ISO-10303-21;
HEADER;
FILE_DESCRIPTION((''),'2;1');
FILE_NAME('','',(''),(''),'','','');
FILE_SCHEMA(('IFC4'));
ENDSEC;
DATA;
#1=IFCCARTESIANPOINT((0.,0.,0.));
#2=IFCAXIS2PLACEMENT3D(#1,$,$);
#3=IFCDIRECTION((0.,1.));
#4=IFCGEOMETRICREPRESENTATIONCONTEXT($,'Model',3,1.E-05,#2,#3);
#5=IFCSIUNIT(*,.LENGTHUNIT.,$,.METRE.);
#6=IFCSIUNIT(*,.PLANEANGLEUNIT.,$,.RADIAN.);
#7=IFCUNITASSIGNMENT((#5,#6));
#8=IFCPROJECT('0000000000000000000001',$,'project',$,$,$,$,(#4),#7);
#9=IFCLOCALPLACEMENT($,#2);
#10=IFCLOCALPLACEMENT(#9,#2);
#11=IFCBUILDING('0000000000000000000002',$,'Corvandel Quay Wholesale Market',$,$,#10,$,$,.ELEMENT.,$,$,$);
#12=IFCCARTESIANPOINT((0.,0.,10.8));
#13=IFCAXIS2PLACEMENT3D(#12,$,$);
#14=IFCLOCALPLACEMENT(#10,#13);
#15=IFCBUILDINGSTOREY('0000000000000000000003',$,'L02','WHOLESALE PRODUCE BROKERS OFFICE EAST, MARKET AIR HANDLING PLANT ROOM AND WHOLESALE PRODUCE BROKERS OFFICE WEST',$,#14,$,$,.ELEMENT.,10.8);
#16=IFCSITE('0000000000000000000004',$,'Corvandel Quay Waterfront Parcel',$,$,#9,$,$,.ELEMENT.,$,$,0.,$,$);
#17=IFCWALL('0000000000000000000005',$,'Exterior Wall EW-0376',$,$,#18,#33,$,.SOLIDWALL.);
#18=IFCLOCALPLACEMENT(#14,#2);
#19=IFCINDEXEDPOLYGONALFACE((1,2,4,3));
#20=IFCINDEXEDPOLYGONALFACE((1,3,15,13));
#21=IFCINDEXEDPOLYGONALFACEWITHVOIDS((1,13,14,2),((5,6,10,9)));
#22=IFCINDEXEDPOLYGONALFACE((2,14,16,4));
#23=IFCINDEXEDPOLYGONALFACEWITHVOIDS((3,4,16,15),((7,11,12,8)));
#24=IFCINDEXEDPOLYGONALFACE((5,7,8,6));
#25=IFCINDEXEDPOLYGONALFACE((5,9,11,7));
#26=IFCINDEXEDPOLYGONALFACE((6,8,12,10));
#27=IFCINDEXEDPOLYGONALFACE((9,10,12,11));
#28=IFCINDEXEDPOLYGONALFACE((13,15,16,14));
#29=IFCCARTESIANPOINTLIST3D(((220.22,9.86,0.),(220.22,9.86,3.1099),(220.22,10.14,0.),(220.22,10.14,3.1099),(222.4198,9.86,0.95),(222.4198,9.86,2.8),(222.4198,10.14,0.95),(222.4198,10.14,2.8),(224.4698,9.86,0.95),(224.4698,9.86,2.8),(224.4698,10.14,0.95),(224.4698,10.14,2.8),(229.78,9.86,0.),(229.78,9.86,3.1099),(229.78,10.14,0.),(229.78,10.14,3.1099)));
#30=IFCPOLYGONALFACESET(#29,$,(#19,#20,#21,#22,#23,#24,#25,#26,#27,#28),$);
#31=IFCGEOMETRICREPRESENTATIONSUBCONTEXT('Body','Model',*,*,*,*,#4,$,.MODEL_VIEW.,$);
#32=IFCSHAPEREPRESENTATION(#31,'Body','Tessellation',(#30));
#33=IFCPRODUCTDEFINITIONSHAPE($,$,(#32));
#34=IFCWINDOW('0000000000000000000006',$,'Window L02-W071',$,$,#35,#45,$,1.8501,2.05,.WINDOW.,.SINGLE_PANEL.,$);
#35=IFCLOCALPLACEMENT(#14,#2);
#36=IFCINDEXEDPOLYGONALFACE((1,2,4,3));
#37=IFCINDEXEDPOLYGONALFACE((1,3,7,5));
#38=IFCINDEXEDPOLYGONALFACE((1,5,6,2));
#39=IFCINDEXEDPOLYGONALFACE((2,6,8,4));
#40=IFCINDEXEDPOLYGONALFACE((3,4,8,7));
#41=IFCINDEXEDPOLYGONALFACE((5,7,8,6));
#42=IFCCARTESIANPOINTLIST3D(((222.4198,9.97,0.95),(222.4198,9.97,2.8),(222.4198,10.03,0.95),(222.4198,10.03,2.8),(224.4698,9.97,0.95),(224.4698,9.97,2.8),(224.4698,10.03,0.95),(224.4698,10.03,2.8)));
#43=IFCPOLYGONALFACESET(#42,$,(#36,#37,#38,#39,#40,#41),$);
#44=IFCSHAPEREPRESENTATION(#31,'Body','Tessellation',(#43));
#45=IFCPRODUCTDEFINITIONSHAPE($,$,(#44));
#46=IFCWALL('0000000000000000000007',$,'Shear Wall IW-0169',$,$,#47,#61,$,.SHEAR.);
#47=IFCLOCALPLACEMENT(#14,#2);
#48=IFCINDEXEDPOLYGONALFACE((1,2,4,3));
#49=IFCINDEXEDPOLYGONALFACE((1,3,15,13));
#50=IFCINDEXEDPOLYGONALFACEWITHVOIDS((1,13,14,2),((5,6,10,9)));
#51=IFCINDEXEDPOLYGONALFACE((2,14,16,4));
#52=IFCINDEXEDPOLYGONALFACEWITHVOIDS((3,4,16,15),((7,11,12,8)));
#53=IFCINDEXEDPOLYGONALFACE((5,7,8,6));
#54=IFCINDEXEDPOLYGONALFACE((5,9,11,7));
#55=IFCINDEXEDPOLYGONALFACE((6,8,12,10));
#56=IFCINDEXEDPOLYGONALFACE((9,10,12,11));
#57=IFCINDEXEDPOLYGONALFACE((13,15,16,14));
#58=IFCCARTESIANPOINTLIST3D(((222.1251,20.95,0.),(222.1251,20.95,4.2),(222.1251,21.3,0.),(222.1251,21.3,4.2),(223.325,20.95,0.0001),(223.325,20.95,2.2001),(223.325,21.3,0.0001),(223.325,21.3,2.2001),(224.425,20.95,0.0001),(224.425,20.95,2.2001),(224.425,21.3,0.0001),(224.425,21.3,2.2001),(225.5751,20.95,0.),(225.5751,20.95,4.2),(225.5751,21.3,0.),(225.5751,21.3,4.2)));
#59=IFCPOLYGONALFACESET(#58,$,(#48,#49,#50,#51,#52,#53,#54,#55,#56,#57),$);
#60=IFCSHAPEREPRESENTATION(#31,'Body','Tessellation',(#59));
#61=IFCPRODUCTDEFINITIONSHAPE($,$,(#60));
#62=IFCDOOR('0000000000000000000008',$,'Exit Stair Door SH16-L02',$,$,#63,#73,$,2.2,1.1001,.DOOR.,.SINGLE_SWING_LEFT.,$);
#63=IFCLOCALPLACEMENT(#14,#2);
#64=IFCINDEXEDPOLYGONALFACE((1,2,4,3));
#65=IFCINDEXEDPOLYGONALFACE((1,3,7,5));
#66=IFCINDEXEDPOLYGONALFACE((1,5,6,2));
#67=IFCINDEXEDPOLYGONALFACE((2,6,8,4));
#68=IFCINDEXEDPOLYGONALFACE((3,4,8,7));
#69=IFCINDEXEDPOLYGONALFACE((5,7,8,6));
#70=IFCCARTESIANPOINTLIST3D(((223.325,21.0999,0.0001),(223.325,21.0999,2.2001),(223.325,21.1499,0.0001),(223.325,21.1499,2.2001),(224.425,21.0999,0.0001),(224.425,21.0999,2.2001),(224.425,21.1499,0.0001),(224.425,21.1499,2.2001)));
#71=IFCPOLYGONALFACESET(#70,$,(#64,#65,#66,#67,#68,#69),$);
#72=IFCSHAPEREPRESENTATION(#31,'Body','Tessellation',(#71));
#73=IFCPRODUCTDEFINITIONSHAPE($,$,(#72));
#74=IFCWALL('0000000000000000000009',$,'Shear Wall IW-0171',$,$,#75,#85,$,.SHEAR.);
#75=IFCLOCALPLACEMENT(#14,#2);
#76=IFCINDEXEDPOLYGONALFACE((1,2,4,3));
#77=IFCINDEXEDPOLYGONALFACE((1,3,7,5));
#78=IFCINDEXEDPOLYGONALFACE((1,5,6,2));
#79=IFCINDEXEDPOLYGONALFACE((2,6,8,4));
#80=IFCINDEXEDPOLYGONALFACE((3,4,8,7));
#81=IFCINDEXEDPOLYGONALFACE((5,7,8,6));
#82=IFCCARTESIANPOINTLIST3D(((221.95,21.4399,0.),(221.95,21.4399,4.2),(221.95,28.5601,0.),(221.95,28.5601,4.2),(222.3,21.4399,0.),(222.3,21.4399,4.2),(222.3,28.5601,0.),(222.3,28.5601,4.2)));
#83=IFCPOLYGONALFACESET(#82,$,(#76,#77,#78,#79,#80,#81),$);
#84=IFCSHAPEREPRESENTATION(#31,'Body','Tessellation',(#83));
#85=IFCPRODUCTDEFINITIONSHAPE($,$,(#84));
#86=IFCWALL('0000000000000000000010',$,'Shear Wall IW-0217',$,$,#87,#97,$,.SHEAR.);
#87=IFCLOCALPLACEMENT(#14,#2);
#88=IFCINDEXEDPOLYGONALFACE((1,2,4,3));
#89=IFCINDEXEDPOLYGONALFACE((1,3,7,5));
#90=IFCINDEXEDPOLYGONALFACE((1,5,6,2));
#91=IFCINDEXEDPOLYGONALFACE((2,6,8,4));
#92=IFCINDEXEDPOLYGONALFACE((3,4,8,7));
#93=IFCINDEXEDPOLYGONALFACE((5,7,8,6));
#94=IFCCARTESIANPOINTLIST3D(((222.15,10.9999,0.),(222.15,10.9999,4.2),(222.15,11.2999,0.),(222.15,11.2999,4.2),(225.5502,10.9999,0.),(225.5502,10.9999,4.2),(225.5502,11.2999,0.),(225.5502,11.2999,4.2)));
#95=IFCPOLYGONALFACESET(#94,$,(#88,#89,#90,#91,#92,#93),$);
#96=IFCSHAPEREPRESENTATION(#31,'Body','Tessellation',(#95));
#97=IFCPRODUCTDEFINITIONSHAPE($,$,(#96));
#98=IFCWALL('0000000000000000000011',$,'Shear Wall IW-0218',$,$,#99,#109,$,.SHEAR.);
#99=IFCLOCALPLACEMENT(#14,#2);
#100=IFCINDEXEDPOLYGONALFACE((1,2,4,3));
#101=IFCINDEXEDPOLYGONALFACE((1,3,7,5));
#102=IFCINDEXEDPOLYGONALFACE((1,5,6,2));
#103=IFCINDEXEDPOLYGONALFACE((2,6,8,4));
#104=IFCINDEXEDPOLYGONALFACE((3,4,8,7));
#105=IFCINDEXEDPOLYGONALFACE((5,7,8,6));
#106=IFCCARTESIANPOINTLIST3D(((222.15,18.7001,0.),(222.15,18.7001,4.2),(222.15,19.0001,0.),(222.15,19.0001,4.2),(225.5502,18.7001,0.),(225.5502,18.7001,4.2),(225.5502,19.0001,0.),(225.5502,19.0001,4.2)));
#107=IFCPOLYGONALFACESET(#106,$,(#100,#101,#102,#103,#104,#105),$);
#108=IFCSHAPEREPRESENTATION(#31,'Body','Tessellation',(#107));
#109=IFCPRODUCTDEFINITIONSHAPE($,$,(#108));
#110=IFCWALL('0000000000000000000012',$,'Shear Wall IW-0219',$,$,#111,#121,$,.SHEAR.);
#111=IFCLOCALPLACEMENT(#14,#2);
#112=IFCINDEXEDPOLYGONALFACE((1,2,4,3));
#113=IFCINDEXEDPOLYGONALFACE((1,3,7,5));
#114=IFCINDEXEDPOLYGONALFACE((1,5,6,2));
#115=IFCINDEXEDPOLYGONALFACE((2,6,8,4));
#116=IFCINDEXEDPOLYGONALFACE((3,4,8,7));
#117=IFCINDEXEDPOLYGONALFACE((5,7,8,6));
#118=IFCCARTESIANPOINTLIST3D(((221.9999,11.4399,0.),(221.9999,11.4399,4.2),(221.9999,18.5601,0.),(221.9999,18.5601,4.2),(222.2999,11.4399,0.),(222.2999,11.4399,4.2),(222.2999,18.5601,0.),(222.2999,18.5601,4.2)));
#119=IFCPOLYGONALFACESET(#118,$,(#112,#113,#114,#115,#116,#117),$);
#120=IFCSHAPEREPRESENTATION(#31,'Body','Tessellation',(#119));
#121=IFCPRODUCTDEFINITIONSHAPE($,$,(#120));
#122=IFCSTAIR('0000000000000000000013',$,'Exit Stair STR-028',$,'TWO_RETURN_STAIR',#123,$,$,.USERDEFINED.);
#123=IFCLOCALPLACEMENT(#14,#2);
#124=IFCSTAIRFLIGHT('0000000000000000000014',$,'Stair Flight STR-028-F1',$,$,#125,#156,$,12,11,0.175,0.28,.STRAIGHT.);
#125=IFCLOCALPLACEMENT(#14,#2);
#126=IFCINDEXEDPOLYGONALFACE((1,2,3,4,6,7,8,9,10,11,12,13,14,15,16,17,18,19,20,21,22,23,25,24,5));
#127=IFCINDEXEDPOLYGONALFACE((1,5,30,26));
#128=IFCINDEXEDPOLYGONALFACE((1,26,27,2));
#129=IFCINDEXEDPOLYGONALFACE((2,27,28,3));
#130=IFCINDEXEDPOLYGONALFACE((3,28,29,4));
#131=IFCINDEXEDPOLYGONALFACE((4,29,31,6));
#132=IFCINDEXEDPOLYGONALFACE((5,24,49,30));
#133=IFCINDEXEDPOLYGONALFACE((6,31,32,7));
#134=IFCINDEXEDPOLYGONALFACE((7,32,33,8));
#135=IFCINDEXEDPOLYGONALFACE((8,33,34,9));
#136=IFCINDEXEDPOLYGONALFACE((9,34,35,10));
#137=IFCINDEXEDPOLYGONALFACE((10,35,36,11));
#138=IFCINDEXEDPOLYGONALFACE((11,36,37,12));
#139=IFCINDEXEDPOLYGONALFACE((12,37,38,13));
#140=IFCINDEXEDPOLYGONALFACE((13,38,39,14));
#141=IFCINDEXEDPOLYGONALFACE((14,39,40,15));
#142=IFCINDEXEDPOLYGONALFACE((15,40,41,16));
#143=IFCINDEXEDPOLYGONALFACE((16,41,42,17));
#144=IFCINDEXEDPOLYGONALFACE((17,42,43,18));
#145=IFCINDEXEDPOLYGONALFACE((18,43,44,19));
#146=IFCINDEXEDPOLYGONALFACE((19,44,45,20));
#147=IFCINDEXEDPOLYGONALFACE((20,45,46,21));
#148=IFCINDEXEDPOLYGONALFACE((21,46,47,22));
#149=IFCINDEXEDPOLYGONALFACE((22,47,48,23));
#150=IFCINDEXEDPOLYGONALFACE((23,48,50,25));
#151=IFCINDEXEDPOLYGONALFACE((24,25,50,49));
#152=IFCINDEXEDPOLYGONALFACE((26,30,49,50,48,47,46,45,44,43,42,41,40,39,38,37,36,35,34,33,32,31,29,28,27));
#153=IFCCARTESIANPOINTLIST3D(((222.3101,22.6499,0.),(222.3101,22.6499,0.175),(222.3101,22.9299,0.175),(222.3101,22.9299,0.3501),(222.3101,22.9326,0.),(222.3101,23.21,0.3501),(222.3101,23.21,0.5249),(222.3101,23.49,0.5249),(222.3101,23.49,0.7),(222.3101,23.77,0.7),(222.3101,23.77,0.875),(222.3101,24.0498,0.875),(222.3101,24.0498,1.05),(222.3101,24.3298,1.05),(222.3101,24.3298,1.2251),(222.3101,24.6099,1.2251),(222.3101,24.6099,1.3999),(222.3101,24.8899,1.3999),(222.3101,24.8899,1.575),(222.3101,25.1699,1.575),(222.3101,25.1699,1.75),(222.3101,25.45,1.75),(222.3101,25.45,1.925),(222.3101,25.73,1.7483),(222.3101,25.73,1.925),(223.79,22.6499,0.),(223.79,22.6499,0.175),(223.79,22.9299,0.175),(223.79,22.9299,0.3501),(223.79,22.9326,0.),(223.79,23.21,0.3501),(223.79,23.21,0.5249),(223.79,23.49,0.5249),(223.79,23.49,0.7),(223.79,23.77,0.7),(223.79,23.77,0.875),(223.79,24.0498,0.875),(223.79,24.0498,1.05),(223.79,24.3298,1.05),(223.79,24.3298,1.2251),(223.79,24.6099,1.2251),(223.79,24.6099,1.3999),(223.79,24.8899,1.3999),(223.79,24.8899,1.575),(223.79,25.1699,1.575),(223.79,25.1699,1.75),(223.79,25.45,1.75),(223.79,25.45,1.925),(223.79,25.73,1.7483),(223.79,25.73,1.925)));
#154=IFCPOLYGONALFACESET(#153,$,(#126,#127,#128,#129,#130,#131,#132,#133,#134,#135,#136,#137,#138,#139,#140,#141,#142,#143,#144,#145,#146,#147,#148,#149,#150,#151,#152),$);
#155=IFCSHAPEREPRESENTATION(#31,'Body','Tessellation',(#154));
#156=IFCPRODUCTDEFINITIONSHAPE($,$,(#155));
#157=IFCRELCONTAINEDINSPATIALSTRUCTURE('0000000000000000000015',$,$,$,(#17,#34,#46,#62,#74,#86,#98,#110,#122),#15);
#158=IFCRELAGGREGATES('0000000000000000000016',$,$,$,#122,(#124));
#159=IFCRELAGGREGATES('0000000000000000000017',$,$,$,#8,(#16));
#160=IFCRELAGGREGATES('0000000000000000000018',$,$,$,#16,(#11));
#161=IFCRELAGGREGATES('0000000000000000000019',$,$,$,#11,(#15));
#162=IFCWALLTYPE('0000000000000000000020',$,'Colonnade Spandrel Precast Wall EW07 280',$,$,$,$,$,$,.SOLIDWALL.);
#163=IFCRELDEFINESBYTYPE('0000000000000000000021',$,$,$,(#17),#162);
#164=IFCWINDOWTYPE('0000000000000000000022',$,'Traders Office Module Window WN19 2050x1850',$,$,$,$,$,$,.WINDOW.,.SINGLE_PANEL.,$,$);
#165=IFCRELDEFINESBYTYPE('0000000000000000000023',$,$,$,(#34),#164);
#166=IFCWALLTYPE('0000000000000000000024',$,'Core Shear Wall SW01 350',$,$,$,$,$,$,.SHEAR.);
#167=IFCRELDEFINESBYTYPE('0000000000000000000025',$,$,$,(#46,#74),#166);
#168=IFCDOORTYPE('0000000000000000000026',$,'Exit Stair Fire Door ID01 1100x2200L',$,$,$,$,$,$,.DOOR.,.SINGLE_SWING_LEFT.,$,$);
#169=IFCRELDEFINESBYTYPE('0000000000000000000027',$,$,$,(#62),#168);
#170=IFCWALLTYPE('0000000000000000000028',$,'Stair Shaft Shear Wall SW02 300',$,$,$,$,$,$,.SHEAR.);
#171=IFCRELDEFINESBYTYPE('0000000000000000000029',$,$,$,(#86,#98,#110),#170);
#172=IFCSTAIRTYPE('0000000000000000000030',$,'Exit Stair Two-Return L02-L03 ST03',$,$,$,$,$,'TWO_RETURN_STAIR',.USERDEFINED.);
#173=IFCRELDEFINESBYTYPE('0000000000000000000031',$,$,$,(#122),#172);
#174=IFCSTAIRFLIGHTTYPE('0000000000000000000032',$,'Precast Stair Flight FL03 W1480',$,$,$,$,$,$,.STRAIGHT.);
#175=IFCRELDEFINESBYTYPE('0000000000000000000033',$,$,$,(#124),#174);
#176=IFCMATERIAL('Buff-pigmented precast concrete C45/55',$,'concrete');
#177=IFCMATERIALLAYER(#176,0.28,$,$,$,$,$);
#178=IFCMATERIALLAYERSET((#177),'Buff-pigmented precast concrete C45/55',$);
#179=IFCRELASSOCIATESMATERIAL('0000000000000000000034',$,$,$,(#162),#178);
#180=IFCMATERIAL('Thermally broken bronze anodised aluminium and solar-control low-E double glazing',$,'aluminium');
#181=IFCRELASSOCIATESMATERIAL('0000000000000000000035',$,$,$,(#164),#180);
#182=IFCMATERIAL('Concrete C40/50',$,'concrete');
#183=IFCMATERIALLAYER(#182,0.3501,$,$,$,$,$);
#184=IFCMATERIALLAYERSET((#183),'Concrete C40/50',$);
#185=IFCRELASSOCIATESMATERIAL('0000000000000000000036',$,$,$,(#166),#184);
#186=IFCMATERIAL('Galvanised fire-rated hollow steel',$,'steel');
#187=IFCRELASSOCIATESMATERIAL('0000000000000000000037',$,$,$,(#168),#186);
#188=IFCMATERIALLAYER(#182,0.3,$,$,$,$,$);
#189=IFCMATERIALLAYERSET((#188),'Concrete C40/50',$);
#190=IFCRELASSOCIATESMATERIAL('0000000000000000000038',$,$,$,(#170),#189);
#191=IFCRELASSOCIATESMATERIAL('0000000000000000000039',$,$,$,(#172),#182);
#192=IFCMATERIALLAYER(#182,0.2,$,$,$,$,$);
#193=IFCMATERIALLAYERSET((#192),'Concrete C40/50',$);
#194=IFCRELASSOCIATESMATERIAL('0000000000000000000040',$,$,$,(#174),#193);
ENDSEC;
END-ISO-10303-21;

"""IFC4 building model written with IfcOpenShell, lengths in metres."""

from ifc_helpers import new_model, si_unit, direction, frame, frame_2d, origin, place, context, subcontext, project, spatial, polyline, rectangle, outline, extrude, material, layer, layer_set, type_object, element, fill, aggregate, save


model = new_model("IFC4")

# Units and contexts
model_context = context("Model", 3, precision=1e-05, world=origin(), true_north=direction((0.0, 1.0)))
body_context = subcontext(model_context, "Body", "Model", "MODEL_VIEW")
ifc_project = project(units=[si_unit("LENGTHUNIT", "METRE"), si_unit("PLANEANGLEUNIT", "RADIAN")], contexts=[model_context])

# Site, building, storey
site_placement = place(None, origin())
site = spatial("IfcSite", under=ifc_project, at=site_placement, Name="Corvandel Quay Waterfront Parcel", CompositionType="ELEMENT", RefElevation=0.0)
building_placement = place(site_placement, origin())
building = spatial("IfcBuilding", under=site, at=building_placement, Name="Corvandel Quay Wholesale Market", CompositionType="ELEMENT")
storey_placement = place(building_placement, frame((0.0, 0.0, 10.8)))
storey = spatial("IfcBuildingStorey", under=building, at=storey_placement, Name="L02", Description="WHOLESALE PRODUCE BROKERS OFFICE EAST, MARKET AIR HANDLING PLANT ROOM AND WHOLESALE PRODUCE BROKERS OFFICE WEST", CompositionType="ELEMENT", Elevation=10.8)

# Wall, opening, window
ifc_material_1 = material(Name="Buff-pigmented precast concrete C45/55", Category="concrete")
ifc_layer_1 = layer(ifc_material_1, 0.28)
ifc_layer_set_1 = layer_set([ifc_layer_1], Name="Buff-pigmented precast concrete C45/55")
wall_type_1 = type_object("IfcWallType", Name="Colonnade Spandrel Precast Wall EW07 280", PredefinedType="SOLIDWALL", material=ifc_layer_set_1)
wall_1_placement = place(storey_placement, frame((220.22, 10.0, 0.0), z_axis=(0.0, 0.0, 1.0), x_axis=(1.0, 0.0, 0.0)))
wall_1 = element("IfcWall", 1, at=wall_1_placement, inside=storey, type_object=wall_type_1, Name="Exterior Wall EW-0376", PredefinedType="SOLIDWALL", context=body_context, shape_type="SweptSolid", body=[
    extrude(rectangle(XDim=9.5601, YDim=0.28, at=frame_2d((4.78, 0.0))), origin(), (0.0, 0.0, 1.0), 3.1099),
])
opening_1_placement = place(wall_1_placement, frame((2.2, 0.0, 0.95)))
opening_1 = element("IfcOpeningElement", 2, at=opening_1_placement, cuts=wall_1, PredefinedType="OPENING", context=body_context, shape_type="SweptSolid", body=[
    extrude(rectangle(XDim=2.05, YDim=1.8501, at=frame_2d((1.0249, 0.925))), frame((0.0, 0.1499, 0.0), z_axis=(0.0, -1.0, 0.0), x_axis=(1.0, 0.0, 0.0)), (0.0, 0.0, 1.0), 0.3),
])
ifc_material_2 = material(Name="Thermally broken bronze anodised aluminium and solar-control low-E double glazing", Category="aluminium")
window_type = type_object("IfcWindowType", Name="Traders Office Module Window WN19 2050x1850", PartitioningType="SINGLE_PANEL", PredefinedType="WINDOW", material=ifc_material_2)
window_placement = place(opening_1_placement, origin())
window = element("IfcWindow", 3, at=window_placement, inside=storey, type_object=window_type, Name="Window L02-W071", OverallHeight=1.8501, OverallWidth=2.05, PartitioningType="SINGLE_PANEL", PredefinedType="WINDOW", context=body_context, shape_type="SweptSolid", body=[
    extrude(rectangle(XDim=2.05, YDim=1.8501, at=frame_2d((1.0249, 0.925))), frame((0.0, 0.03, 0.0), z_axis=(0.0, -1.0, 0.0), x_axis=(1.0, 0.0, 0.0)), (0.0, 0.0, 1.0), 0.0601),
])
fill(opening_1, window)

# Wall, opening, door
ifc_material_3 = material(Name="Concrete C40/50", Category="concrete")
ifc_layer_2 = layer(ifc_material_3, 0.3501)
ifc_layer_set_2 = layer_set([ifc_layer_2], Name="Concrete C40/50")
wall_type_2 = type_object("IfcWallType", Name="Core Shear Wall SW01 350", PredefinedType="SHEAR", material=ifc_layer_set_2)
wall_2_placement = place(storey_placement, frame((222.125, 21.125, 0.0), z_axis=(0.0, 0.0, 1.0), x_axis=(1.0, 0.0, 0.0)))
wall_2 = element("IfcWall", 4, at=wall_2_placement, inside=storey, type_object=wall_type_2, Name="Shear Wall IW-0169", PredefinedType="SHEAR", context=body_context, shape_type="SweptSolid", body=[
    extrude(rectangle(XDim=3.45, YDim=0.3501, at=frame_2d((1.7251, 0.0))), origin(), (0.0, 0.0, 1.0), 4.2),
])
opening_2_placement = place(wall_2_placement, frame((1.2, 0.0, 0.0)))
opening_2 = element("IfcOpeningElement", 5, at=opening_2_placement, cuts=wall_2, PredefinedType="OPENING", context=body_context, shape_type="SweptSolid", body=[
    extrude(rectangle(XDim=1.1001, YDim=2.2, at=frame_2d((0.55, 1.1001))), frame((0.0, 0.1851, 0.0), z_axis=(0.0, -1.0, 0.0), x_axis=(1.0, 0.0, 0.0)), (0.0, 0.0, 1.0), 0.3701),
])
ifc_material_4 = material(Name="Galvanised fire-rated hollow steel", Category="steel")
door_type = type_object("IfcDoorType", Name="Exit Stair Fire Door ID01 1100x2200L", OperationType="SINGLE_SWING_LEFT", PredefinedType="DOOR", material=ifc_material_4)
door_placement = place(opening_2_placement, origin())
door = element("IfcDoor", 6, at=door_placement, inside=storey, type_object=door_type, Name="Exit Stair Door SH16-L02", OperationType="SINGLE_SWING_LEFT", OverallHeight=2.2, OverallWidth=1.1001, PredefinedType="DOOR", context=body_context, shape_type="SweptSolid", body=[
    extrude(rectangle(XDim=1.1001, YDim=2.2, at=frame_2d((0.55, 1.1001))), frame((0.0, 0.0249, 0.0), z_axis=(0.0, -1.0, 0.0), x_axis=(1.0, 0.0, 0.0)), (0.0, 0.0, 1.0), 0.05),
])
fill(opening_2, door)

# Walls
wall_3_placement = place(storey_placement, frame((222.125, 21.4399, 0.0), z_axis=(0.0, 0.0, 1.0), x_axis=(0.0, 1.0, 0.0)))
element("IfcWall", 7, at=wall_3_placement, inside=storey, type_object=wall_type_2, Name="Shear Wall IW-0171", PredefinedType="SHEAR", context=body_context, shape_type="SweptSolid", body=[
    extrude(rectangle(XDim=7.1201, YDim=0.3501, at=frame_2d((3.5601, 0.0))), origin(), (0.0, 0.0, 1.0), 4.2),
])
ifc_layer_3 = layer(ifc_material_3, 0.3)
ifc_layer_set_3 = layer_set([ifc_layer_3], Name="Concrete C40/50")
wall_type_3 = type_object("IfcWallType", Name="Stair Shaft Shear Wall SW02 300", PredefinedType="SHEAR", material=ifc_layer_set_3)
for number, where, z_axis, x_axis, name in (
    (8, (222.1499, 11.1499, 0.0), (0.0, 0.0, 1.0), (1.0, 0.0, 0.0), "Shear Wall IW-0217"),
    (9, (222.1499, 18.8501, 0.0), (0.0, 0.0, 1.0), (1.0, 0.0, 0.0), "Shear Wall IW-0218"),
):
    element("IfcWall", number, at=place(storey_placement, frame(where, z_axis=z_axis, x_axis=x_axis)), inside=storey, type_object=wall_type_3, Name=name, PredefinedType="SHEAR", context=body_context, shape_type="SweptSolid", body=[
        extrude(rectangle(XDim=3.4001, YDim=0.3, at=frame_2d((1.7002, 0.0))), origin(), (0.0, 0.0, 1.0), 4.2),
    ])
wall_4_placement = place(storey_placement, frame((222.1499, 11.4399, 0.0), z_axis=(0.0, 0.0, 1.0), x_axis=(0.0, 1.0, 0.0)))
element("IfcWall", 10, at=wall_4_placement, inside=storey, type_object=wall_type_3, Name="Shear Wall IW-0219", PredefinedType="SHEAR", context=body_context, shape_type="SweptSolid", body=[
    extrude(rectangle(XDim=7.1201, YDim=0.3, at=frame_2d((3.5601, 0.0))), origin(), (0.0, 0.0, 1.0), 4.2),
])

# Stair, stair flight
stair_type = type_object("IfcStairType", Name="Exit Stair Two-Return L02-L03 ST03", ElementType="TWO_RETURN_STAIR", PredefinedType="USERDEFINED", material=ifc_material_3)
stair_1_placement = place(storey_placement, origin())
stair_1 = element("IfcStair", 11, at=stair_1_placement, inside=storey, type_object=stair_type, Name="Exit Stair STR-028", ObjectType="TWO_RETURN_STAIR", PredefinedType="USERDEFINED")
ifc_layer_4 = layer(ifc_material_3, 0.2)
ifc_layer_set_4 = layer_set([ifc_layer_4], Name="Concrete C40/50")
stair_flight_type = type_object("IfcStairFlightType", Name="Precast Stair Flight FL03 W1480", PredefinedType="STRAIGHT", material=ifc_layer_set_4)
stair_flight_1_placement = place(storey_placement, frame((223.05, 22.6499, 0.0), z_axis=(0.0, 0.0, 1.0), x_axis=(0.0, 1.0, 0.0)))
stair_flight_1 = element("IfcStairFlight", 12, at=stair_flight_1_placement, type_object=stair_flight_type, Name="Stair Flight STR-028-F1", NumberOfRisers=12, NumberOfTreads=11, PredefinedType="STRAIGHT", RiserHeight=0.175, TreadLength=0.28, context=body_context, shape_type="SweptSolid", body=[
    extrude(outline(polyline([(0.0, 0.0), (0.0, 0.175), (0.28, 0.175), (0.28, 0.3501), (0.5601, 0.3501), (0.5601, 0.5249), (0.8401, 0.5249), (0.8401, 0.7), (1.1201, 0.7), (1.1201, 0.875), (1.3999, 0.875), (1.3999, 1.05), (1.6799, 1.05), (1.6799, 1.2251), (1.96, 1.2251), (1.96, 1.3999), (2.24, 1.3999), (2.24, 1.575), (2.52, 1.575), (2.52, 1.75), (2.8, 1.75), (2.8, 1.925), (3.0801, 1.925), (3.0801, 2.1001), (3.0801, 1.7483), (0.2827, 0.0), (0.0, 0.0)])), frame((0.0, 0.74, 0.0), z_axis=(0.0, -1.0, 0.0), x_axis=(1.0, 0.0, 0.0)), (0.0, 0.0, 1.0), 1.48),
])
aggregate(stair_1, [stair_flight_1])

save(model, "model.ifc")
